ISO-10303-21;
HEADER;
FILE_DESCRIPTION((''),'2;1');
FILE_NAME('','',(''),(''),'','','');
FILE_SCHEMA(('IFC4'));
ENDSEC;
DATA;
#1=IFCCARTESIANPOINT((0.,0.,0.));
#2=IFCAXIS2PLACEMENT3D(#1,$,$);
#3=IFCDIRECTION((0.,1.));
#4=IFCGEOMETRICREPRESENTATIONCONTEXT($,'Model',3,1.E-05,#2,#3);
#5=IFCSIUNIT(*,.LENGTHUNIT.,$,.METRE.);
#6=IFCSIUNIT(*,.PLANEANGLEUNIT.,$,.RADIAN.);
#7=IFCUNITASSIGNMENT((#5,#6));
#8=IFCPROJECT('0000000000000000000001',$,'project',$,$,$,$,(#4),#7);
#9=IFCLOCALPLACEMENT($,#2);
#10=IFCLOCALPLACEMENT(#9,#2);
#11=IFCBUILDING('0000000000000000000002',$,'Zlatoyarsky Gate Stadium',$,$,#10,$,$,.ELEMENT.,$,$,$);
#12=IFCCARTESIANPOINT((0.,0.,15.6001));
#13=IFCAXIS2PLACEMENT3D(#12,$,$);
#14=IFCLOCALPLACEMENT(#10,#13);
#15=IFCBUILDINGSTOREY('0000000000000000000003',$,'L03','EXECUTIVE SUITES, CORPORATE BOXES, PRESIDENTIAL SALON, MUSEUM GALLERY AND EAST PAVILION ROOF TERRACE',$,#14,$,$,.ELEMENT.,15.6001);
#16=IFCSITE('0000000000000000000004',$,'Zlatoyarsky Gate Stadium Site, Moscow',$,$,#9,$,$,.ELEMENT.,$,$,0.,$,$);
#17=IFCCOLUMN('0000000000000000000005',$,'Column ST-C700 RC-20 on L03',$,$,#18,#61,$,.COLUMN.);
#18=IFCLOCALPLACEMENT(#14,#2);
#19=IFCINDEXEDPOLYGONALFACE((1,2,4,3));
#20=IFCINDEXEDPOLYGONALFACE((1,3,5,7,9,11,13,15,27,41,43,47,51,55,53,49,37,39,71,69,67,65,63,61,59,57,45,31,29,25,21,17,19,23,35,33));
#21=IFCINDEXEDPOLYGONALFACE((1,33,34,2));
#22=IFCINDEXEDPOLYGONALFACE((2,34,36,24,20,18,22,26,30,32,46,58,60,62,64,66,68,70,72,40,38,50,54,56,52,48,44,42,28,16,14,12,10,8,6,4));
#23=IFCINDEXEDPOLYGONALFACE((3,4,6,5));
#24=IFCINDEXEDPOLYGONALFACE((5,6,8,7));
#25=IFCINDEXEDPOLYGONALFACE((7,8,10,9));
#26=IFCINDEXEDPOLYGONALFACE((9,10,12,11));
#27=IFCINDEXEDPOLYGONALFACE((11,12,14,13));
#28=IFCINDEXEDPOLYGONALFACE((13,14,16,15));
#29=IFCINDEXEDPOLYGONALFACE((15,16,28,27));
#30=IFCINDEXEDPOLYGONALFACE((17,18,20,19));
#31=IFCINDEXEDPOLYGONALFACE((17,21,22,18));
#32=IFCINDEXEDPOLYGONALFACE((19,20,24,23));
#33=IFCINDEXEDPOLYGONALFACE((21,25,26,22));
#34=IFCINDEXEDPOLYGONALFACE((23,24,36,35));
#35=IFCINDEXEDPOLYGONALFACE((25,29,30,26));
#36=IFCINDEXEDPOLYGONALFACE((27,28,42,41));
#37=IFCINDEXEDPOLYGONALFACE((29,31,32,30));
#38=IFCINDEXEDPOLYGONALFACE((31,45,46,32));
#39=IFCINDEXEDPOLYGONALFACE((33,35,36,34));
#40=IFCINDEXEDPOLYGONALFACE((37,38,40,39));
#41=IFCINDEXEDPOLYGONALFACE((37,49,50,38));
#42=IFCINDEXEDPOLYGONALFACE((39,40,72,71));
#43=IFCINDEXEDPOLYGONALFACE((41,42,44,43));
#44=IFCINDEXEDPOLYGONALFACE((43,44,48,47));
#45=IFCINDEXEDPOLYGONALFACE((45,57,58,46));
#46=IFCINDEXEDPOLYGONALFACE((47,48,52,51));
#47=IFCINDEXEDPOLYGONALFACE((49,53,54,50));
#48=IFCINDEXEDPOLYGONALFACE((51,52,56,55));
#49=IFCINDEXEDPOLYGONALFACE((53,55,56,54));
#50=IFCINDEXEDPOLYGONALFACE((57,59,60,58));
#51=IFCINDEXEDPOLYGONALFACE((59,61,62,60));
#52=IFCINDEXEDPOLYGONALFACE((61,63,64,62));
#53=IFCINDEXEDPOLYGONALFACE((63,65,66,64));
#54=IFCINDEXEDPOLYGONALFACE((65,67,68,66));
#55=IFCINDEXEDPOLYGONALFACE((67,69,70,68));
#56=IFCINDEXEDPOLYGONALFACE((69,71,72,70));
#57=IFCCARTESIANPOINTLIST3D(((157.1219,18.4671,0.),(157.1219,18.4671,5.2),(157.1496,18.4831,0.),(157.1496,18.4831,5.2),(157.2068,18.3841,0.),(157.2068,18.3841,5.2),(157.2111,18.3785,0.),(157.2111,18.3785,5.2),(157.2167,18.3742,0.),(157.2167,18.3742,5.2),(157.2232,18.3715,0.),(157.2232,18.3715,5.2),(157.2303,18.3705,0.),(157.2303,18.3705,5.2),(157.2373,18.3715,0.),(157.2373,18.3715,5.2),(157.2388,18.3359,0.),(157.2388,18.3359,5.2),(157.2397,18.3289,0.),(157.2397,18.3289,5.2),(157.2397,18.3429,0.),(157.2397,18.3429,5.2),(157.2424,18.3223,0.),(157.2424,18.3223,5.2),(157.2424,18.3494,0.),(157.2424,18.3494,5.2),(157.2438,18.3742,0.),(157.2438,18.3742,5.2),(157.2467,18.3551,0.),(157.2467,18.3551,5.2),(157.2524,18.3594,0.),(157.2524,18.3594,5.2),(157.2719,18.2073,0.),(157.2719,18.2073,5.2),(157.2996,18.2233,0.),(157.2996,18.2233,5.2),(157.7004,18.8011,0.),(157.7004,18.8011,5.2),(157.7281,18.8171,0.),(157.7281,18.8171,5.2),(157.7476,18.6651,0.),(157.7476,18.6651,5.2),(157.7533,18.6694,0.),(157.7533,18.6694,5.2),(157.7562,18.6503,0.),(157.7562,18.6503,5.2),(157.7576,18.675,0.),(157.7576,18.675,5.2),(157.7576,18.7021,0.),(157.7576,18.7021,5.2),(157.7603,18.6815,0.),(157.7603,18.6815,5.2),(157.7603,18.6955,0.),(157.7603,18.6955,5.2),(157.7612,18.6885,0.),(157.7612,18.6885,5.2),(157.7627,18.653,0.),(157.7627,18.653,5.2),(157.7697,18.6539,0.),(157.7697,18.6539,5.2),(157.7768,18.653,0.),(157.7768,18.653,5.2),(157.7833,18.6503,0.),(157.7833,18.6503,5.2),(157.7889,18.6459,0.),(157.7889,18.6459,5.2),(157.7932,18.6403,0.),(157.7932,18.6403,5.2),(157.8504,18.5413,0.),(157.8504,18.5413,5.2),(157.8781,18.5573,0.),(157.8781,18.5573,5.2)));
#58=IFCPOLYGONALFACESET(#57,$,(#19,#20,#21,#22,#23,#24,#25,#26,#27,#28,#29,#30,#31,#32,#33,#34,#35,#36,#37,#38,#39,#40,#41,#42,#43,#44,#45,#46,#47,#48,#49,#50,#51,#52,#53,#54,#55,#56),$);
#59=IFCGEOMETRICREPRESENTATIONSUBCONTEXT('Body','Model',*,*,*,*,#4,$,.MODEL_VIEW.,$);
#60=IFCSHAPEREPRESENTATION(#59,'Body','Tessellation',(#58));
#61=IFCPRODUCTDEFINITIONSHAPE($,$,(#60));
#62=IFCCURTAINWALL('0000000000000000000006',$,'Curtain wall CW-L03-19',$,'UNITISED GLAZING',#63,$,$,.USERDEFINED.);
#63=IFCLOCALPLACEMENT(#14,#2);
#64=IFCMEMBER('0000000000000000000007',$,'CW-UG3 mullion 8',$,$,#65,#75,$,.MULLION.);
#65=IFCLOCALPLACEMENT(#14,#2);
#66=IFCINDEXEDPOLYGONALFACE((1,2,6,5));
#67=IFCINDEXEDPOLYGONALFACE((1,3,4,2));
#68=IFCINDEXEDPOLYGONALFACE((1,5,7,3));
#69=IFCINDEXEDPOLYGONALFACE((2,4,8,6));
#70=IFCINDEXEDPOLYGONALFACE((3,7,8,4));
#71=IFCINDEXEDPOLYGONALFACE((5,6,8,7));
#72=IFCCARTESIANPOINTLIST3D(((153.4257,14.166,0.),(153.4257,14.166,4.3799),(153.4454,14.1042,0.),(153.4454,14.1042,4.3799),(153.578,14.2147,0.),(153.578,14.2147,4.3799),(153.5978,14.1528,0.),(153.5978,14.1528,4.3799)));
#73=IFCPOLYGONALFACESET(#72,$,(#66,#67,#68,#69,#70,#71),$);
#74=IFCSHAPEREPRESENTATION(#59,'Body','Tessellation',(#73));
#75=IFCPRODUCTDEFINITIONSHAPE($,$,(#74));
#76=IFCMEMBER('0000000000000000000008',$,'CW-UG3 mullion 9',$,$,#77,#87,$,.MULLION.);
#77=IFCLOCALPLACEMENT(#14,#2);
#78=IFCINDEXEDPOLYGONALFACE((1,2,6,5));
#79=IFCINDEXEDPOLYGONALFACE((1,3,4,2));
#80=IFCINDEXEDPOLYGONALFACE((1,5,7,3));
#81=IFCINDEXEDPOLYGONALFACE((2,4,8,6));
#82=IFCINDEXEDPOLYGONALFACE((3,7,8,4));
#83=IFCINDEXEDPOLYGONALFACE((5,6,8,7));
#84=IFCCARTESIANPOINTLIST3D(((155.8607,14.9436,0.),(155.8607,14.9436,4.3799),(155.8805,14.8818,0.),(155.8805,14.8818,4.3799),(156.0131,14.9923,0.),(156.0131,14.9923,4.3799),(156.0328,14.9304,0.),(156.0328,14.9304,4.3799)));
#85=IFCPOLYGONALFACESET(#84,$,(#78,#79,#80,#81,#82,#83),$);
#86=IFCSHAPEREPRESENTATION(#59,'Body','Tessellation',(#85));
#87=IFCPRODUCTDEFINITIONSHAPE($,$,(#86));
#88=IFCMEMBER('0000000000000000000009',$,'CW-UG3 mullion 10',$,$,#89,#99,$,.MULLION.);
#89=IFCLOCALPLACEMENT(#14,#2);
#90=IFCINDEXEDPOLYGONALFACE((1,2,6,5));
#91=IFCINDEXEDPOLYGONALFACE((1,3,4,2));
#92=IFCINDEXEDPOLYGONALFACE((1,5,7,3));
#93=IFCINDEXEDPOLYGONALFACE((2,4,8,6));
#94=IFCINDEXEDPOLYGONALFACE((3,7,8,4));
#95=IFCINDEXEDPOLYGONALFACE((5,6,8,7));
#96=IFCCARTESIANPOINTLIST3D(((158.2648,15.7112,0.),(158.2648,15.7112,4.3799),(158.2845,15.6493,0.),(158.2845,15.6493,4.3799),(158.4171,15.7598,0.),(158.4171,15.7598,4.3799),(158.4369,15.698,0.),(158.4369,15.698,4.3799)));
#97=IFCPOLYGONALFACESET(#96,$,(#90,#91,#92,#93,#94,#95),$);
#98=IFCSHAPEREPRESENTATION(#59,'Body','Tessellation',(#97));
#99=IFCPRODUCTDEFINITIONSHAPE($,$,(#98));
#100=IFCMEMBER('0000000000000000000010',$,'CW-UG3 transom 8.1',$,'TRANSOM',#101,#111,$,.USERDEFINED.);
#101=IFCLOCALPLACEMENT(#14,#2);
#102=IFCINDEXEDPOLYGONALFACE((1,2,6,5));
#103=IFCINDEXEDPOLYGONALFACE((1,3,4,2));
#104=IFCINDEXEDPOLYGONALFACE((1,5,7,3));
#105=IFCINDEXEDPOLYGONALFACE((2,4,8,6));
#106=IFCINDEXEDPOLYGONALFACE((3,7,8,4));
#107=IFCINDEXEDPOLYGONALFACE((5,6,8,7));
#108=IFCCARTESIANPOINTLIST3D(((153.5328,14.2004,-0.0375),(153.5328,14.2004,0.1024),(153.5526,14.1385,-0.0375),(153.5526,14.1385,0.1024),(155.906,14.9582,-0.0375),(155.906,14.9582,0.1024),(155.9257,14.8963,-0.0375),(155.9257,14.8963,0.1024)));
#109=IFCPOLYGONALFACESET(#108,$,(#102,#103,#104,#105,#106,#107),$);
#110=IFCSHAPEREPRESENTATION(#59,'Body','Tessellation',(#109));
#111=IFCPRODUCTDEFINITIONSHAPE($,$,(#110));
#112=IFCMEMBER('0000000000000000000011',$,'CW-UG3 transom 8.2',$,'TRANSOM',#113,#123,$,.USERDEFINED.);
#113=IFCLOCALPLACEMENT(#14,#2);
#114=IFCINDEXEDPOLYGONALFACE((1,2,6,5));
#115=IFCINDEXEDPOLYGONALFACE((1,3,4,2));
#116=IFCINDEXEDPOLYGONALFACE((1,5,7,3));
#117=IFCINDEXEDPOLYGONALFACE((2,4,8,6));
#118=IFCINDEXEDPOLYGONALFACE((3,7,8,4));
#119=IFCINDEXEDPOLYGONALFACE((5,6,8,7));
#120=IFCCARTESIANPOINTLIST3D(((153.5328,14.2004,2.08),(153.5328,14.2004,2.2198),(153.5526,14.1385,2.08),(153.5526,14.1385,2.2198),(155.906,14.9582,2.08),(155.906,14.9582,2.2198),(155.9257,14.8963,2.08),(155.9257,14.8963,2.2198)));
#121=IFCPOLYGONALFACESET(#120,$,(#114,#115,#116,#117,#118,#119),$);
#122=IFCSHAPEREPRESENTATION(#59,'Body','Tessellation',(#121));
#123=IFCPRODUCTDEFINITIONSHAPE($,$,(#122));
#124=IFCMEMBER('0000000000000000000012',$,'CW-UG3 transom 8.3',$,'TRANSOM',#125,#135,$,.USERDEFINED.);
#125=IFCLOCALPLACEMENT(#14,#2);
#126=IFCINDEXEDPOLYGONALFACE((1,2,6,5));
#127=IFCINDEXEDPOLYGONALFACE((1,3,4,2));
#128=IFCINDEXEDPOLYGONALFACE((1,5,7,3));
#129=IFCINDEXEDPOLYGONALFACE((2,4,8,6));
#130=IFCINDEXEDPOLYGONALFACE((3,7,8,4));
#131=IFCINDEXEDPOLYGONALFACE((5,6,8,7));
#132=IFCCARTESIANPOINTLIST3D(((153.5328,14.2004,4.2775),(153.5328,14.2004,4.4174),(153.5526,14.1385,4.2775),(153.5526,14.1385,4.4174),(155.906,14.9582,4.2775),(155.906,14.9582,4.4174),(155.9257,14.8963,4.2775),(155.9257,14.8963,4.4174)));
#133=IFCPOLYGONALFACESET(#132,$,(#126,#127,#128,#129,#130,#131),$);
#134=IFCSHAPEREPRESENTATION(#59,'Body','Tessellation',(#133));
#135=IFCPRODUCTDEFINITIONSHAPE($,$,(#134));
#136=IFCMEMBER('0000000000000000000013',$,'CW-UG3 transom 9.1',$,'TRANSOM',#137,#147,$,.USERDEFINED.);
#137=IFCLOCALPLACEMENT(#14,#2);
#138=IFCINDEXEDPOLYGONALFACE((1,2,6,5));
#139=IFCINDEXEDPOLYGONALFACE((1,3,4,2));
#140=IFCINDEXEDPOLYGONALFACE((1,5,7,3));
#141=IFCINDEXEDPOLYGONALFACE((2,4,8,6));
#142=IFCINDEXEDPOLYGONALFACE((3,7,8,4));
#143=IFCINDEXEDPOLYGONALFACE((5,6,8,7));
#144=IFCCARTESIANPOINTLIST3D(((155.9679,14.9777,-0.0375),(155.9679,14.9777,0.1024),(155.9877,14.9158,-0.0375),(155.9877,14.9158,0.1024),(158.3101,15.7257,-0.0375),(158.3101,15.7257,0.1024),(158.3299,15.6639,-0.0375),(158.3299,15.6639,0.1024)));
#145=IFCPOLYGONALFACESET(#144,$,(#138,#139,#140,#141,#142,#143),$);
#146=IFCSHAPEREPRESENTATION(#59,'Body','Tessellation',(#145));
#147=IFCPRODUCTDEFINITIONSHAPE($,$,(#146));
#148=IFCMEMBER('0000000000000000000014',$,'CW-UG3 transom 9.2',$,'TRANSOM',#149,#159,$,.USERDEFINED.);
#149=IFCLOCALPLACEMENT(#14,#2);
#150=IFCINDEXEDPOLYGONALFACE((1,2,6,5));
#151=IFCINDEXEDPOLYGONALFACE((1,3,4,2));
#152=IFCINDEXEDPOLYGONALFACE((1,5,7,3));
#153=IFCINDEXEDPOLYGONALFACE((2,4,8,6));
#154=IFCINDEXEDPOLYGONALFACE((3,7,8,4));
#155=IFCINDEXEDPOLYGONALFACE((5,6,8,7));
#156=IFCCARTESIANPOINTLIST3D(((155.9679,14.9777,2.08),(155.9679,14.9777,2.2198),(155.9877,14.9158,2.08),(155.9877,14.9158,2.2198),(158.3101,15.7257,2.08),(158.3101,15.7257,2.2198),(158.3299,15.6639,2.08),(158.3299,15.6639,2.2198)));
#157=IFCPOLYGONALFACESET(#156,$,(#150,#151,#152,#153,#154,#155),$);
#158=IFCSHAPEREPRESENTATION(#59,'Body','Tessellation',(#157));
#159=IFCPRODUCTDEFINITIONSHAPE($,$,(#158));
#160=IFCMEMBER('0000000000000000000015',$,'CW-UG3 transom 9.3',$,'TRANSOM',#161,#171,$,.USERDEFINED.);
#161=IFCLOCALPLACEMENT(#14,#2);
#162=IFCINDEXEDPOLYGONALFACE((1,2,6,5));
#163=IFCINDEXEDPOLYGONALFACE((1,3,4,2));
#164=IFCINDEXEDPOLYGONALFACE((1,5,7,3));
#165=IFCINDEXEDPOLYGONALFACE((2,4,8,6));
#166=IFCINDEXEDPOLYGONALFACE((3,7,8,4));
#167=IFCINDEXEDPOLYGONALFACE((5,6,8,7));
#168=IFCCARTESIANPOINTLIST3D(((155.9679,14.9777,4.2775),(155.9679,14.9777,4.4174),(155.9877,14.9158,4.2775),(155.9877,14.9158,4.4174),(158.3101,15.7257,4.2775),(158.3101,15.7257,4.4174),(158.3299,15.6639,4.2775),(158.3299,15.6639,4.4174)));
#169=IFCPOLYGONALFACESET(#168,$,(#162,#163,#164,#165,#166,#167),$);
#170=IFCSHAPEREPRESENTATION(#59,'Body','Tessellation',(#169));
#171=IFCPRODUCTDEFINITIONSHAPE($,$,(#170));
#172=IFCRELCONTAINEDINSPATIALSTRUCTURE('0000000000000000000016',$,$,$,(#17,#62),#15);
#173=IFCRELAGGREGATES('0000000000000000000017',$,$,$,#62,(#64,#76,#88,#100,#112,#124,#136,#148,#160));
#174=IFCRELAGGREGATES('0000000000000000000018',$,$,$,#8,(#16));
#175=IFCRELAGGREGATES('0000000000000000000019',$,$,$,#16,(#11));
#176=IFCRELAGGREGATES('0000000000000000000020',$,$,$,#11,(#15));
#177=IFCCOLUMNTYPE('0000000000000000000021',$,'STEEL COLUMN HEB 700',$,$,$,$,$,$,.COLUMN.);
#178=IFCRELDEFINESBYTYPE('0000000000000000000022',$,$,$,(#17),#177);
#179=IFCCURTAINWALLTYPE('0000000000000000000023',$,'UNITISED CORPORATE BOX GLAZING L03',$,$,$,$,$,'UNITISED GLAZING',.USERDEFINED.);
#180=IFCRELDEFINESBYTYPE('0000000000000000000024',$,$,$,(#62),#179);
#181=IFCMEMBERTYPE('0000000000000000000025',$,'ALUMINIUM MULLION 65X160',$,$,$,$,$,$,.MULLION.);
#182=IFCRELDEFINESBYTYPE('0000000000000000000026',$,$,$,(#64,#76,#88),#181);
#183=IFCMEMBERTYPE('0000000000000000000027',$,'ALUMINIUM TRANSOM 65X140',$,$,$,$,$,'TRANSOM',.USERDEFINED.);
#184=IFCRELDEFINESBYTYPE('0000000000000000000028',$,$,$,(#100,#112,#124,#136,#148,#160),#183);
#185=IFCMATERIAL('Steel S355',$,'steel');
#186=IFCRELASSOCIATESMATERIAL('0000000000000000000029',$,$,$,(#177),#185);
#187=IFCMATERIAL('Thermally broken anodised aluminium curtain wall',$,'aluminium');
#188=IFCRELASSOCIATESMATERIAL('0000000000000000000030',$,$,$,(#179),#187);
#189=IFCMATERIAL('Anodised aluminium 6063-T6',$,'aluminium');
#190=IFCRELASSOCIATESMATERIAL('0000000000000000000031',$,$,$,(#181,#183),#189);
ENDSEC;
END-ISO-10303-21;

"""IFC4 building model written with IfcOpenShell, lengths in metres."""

from ifc_helpers import new_model, si_unit, direction, frame, origin, origin_2d, place, context, subcontext, project, spatial, rectangle, i_section, extrude, material, material_profile, profile_set, type_object, element, aggregate, save


model = new_model("IFC4")

# Units and contexts
model_context = context("Model", 3, precision=1e-05, world=origin(), true_north=direction((0.0, 1.0)))
body_context = subcontext(model_context, "Body", "Model", "MODEL_VIEW")
ifc_project = project(units=[si_unit("LENGTHUNIT", "METRE"), si_unit("PLANEANGLEUNIT", "RADIAN")], contexts=[model_context])

# Site, building, storey
site_placement = place(None, origin())
site = spatial("IfcSite", under=ifc_project, at=site_placement, Name="Zlatoyarsky Gate Stadium Site, Moscow", CompositionType="ELEMENT", RefElevation=0.0)
building_placement = place(site_placement, origin())
building = spatial("IfcBuilding", under=site, at=building_placement, Name="Zlatoyarsky Gate Stadium", CompositionType="ELEMENT")
storey_placement = place(building_placement, frame((0.0, 0.0, 15.6001)))
storey = spatial("IfcBuildingStorey", under=building, at=storey_placement, Name="L03", Description="EXECUTIVE SUITES, CORPORATE BOXES, PRESIDENTIAL SALON, MUSEUM GALLERY AND EAST PAVILION ROOF TERRACE", CompositionType="ELEMENT", Elevation=15.6001)

# Column
ifc_material_1 = material(Name="Steel S355", Category="steel")
ifc_material_profile_1 = material_profile(ifc_material_1, i_section(OverallWidth=0.3, OverallDepth=0.7, WebThickness=0.0171, FlangeThickness=0.032, FilletRadius=0.0271, at=origin_2d()), Name="HEB 700")
ifc_profile_set_1 = profile_set([ifc_material_profile_1], Name="Steel S355")
column_type = type_object("IfcColumnType", Name="STEEL COLUMN HEB 700", PredefinedType="COLUMN", material=ifc_profile_set_1)
column_placement = place(storey_placement, frame((157.5, 18.5122, 0.0), z_axis=(0.0, 0.0, 1.0), x_axis=(0.5, -0.866025, 0.0)))
element("IfcColumn", 1, at=column_placement, inside=storey, type_object=column_type, Name="Column ST-C700 RC-20 on L03", PredefinedType="COLUMN", context=body_context, shape_type="SweptSolid", body=[
    extrude(i_section(OverallWidth=0.3, OverallDepth=0.7, WebThickness=0.0171, FlangeThickness=0.032, FilletRadius=0.0271, at=origin_2d()), origin(), (0.0, 0.0, 1.0), 5.2),
])

# Curtain wall, members
ifc_material_2 = material(Name="Thermally broken anodised aluminium curtain wall", Category="aluminium")
curtain_wall_type = type_object("IfcCurtainWallType", Name="UNITISED CORPORATE BOX GLAZING L03", ElementType="UNITISED GLAZING", PredefinedType="USERDEFINED", material=ifc_material_2)
curtain_wall_placement = place(storey_placement, origin())
curtain_wall = element("IfcCurtainWall", 2, at=curtain_wall_placement, inside=storey, type_object=curtain_wall_type, Name="Curtain wall CW-L03-19", ObjectType="UNITISED GLAZING", PredefinedType="USERDEFINED")
ifc_material_3 = material(Name="Anodised aluminium 6063-T6", Category="aluminium")
ifc_material_profile_2 = material_profile(ifc_material_3, rectangle(XDim=0.0649, YDim=0.1599, at=origin_2d()), Name="ALU 65X160")
ifc_profile_set_2 = profile_set([ifc_material_profile_2], Name="Anodised aluminium 6063-T6")
member_type_1 = type_object("IfcMemberType", Name="ALUMINIUM MULLION 65X160", PredefinedType="MULLION", material=ifc_profile_set_2)
member_1_placement = place(storey_placement, frame((153.5117, 14.1594, 0.0), z_axis=(0.0, 0.0, 1.0), x_axis=(-0.304162, 0.95262, 0.0)))
member_1 = element("IfcMember", 3, at=member_1_placement, type_object=member_type_1, Name="CW-UG3 mullion 8", PredefinedType="MULLION", context=body_context, shape_type="SweptSolid", body=[
    extrude(rectangle(XDim=0.0649, YDim=0.1599, at=origin_2d()), origin(), (0.0, 0.0, 1.0), 4.3799),
])
member_2_placement = place(storey_placement, frame((155.9468, 14.937, 0.0), z_axis=(0.0, 0.0, 1.0), x_axis=(-0.304162, 0.95262, 0.0)))
member_2 = element("IfcMember", 4, at=member_2_placement, type_object=member_type_1, Name="CW-UG3 mullion 9", PredefinedType="MULLION", context=body_context, shape_type="SweptSolid", body=[
    extrude(rectangle(XDim=0.0649, YDim=0.1599, at=origin_2d()), origin(), (0.0, 0.0, 1.0), 4.3799),
])
member_3_placement = place(storey_placement, frame((158.3508, 15.7046, 0.0), z_axis=(0.0, 0.0, 1.0), x_axis=(-0.304162, 0.95262, 0.0)))
member_3 = element("IfcMember", 5, at=member_3_placement, type_object=member_type_1, Name="CW-UG3 mullion 10", PredefinedType="MULLION", context=body_context, shape_type="SweptSolid", body=[
    extrude(rectangle(XDim=0.0649, YDim=0.1599, at=origin_2d()), origin(), (0.0, 0.0, 1.0), 4.3799),
])
ifc_material_profile_3 = material_profile(ifc_material_3, rectangle(XDim=0.0649, YDim=0.1399, at=origin_2d()), Name="ALU 65X140")
ifc_profile_set_3 = profile_set([ifc_material_profile_3], Name="Anodised aluminium 6063-T6")
member_type_2 = type_object("IfcMemberType", Name="ALUMINIUM TRANSOM 65X140", ElementType="TRANSOM", PredefinedType="USERDEFINED", material=ifc_profile_set_3)
member_4_placement = place(storey_placement, frame((153.5427, 14.1694, 0.0325), z_axis=(0.952606, 0.304207, 0.0), x_axis=(-0.304207, 0.952606, 0.0)))
member_4 = element("IfcMember", 6, at=member_4_placement, type_object=member_type_2, Name="CW-UG3 transom 8.1", ObjectType="TRANSOM", PredefinedType="USERDEFINED", context=body_context, shape_type="SweptSolid", body=[
    extrude(rectangle(XDim=0.0649, YDim=0.1399, at=origin_2d()), origin(), (0.0, 0.0, 1.0), 2.4912),
])
member_5_placement = place(storey_placement, frame((153.5427, 14.1694, 2.1499), z_axis=(0.952606, 0.304207, 0.0), x_axis=(-0.304207, 0.952606, 0.0)))
member_5 = element("IfcMember", 7, at=member_5_placement, type_object=member_type_2, Name="CW-UG3 transom 8.2", ObjectType="TRANSOM", PredefinedType="USERDEFINED", context=body_context, shape_type="SweptSolid", body=[
    extrude(rectangle(XDim=0.0649, YDim=0.1399, at=origin_2d()), origin(), (0.0, 0.0, 1.0), 2.4912),
])
member_6_placement = place(storey_placement, frame((153.5427, 14.1694, 4.3474), z_axis=(0.952606, 0.304207, 0.0), x_axis=(-0.304207, 0.952606, 0.0)))
member_6 = element("IfcMember", 8, at=member_6_placement, type_object=member_type_2, Name="CW-UG3 transom 8.3", ObjectType="TRANSOM", PredefinedType="USERDEFINED", context=body_context, shape_type="SweptSolid", body=[
    extrude(rectangle(XDim=0.0649, YDim=0.1399, at=origin_2d()), origin(), (0.0, 0.0, 1.0), 2.4912),
])
member_7_placement = place(storey_placement, frame((155.9778, 14.9468, 0.0325), z_axis=(0.952599, 0.304228, 0.0), x_axis=(-0.304228, 0.952599, 0.0)))
member_7 = element("IfcMember", 9, at=member_7_placement, type_object=member_type_2, Name="CW-UG3 transom 9.1", ObjectType="TRANSOM", PredefinedType="USERDEFINED", context=body_context, shape_type="SweptSolid", body=[
    extrude(rectangle(XDim=0.0649, YDim=0.1399, at=origin_2d()), origin(), (0.0, 0.0, 1.0), 2.4587),
])
member_8_placement = place(storey_placement, frame((155.9778, 14.9468, 2.1499), z_axis=(0.952599, 0.304228, 0.0), x_axis=(-0.304228, 0.952599, 0.0)))
member_8 = element("IfcMember", 10, at=member_8_placement, type_object=member_type_2, Name="CW-UG3 transom 9.2", ObjectType="TRANSOM", PredefinedType="USERDEFINED", context=body_context, shape_type="SweptSolid", body=[
    extrude(rectangle(XDim=0.0649, YDim=0.1399, at=origin_2d()), origin(), (0.0, 0.0, 1.0), 2.4587),
])
member_9_placement = place(storey_placement, frame((155.9778, 14.9468, 4.3474), z_axis=(0.952599, 0.304228, 0.0), x_axis=(-0.304228, 0.952599, 0.0)))
member_9 = element("IfcMember", 11, at=member_9_placement, type_object=member_type_2, Name="CW-UG3 transom 9.3", ObjectType="TRANSOM", PredefinedType="USERDEFINED", context=body_context, shape_type="SweptSolid", body=[
    extrude(rectangle(XDim=0.0649, YDim=0.1399, at=origin_2d()), origin(), (0.0, 0.0, 1.0), 2.4587),
])

aggregate(curtain_wall, [member_1, member_2, member_3, member_4, member_5, member_6, member_7, member_8, member_9])

save(model, "model.ifc")
